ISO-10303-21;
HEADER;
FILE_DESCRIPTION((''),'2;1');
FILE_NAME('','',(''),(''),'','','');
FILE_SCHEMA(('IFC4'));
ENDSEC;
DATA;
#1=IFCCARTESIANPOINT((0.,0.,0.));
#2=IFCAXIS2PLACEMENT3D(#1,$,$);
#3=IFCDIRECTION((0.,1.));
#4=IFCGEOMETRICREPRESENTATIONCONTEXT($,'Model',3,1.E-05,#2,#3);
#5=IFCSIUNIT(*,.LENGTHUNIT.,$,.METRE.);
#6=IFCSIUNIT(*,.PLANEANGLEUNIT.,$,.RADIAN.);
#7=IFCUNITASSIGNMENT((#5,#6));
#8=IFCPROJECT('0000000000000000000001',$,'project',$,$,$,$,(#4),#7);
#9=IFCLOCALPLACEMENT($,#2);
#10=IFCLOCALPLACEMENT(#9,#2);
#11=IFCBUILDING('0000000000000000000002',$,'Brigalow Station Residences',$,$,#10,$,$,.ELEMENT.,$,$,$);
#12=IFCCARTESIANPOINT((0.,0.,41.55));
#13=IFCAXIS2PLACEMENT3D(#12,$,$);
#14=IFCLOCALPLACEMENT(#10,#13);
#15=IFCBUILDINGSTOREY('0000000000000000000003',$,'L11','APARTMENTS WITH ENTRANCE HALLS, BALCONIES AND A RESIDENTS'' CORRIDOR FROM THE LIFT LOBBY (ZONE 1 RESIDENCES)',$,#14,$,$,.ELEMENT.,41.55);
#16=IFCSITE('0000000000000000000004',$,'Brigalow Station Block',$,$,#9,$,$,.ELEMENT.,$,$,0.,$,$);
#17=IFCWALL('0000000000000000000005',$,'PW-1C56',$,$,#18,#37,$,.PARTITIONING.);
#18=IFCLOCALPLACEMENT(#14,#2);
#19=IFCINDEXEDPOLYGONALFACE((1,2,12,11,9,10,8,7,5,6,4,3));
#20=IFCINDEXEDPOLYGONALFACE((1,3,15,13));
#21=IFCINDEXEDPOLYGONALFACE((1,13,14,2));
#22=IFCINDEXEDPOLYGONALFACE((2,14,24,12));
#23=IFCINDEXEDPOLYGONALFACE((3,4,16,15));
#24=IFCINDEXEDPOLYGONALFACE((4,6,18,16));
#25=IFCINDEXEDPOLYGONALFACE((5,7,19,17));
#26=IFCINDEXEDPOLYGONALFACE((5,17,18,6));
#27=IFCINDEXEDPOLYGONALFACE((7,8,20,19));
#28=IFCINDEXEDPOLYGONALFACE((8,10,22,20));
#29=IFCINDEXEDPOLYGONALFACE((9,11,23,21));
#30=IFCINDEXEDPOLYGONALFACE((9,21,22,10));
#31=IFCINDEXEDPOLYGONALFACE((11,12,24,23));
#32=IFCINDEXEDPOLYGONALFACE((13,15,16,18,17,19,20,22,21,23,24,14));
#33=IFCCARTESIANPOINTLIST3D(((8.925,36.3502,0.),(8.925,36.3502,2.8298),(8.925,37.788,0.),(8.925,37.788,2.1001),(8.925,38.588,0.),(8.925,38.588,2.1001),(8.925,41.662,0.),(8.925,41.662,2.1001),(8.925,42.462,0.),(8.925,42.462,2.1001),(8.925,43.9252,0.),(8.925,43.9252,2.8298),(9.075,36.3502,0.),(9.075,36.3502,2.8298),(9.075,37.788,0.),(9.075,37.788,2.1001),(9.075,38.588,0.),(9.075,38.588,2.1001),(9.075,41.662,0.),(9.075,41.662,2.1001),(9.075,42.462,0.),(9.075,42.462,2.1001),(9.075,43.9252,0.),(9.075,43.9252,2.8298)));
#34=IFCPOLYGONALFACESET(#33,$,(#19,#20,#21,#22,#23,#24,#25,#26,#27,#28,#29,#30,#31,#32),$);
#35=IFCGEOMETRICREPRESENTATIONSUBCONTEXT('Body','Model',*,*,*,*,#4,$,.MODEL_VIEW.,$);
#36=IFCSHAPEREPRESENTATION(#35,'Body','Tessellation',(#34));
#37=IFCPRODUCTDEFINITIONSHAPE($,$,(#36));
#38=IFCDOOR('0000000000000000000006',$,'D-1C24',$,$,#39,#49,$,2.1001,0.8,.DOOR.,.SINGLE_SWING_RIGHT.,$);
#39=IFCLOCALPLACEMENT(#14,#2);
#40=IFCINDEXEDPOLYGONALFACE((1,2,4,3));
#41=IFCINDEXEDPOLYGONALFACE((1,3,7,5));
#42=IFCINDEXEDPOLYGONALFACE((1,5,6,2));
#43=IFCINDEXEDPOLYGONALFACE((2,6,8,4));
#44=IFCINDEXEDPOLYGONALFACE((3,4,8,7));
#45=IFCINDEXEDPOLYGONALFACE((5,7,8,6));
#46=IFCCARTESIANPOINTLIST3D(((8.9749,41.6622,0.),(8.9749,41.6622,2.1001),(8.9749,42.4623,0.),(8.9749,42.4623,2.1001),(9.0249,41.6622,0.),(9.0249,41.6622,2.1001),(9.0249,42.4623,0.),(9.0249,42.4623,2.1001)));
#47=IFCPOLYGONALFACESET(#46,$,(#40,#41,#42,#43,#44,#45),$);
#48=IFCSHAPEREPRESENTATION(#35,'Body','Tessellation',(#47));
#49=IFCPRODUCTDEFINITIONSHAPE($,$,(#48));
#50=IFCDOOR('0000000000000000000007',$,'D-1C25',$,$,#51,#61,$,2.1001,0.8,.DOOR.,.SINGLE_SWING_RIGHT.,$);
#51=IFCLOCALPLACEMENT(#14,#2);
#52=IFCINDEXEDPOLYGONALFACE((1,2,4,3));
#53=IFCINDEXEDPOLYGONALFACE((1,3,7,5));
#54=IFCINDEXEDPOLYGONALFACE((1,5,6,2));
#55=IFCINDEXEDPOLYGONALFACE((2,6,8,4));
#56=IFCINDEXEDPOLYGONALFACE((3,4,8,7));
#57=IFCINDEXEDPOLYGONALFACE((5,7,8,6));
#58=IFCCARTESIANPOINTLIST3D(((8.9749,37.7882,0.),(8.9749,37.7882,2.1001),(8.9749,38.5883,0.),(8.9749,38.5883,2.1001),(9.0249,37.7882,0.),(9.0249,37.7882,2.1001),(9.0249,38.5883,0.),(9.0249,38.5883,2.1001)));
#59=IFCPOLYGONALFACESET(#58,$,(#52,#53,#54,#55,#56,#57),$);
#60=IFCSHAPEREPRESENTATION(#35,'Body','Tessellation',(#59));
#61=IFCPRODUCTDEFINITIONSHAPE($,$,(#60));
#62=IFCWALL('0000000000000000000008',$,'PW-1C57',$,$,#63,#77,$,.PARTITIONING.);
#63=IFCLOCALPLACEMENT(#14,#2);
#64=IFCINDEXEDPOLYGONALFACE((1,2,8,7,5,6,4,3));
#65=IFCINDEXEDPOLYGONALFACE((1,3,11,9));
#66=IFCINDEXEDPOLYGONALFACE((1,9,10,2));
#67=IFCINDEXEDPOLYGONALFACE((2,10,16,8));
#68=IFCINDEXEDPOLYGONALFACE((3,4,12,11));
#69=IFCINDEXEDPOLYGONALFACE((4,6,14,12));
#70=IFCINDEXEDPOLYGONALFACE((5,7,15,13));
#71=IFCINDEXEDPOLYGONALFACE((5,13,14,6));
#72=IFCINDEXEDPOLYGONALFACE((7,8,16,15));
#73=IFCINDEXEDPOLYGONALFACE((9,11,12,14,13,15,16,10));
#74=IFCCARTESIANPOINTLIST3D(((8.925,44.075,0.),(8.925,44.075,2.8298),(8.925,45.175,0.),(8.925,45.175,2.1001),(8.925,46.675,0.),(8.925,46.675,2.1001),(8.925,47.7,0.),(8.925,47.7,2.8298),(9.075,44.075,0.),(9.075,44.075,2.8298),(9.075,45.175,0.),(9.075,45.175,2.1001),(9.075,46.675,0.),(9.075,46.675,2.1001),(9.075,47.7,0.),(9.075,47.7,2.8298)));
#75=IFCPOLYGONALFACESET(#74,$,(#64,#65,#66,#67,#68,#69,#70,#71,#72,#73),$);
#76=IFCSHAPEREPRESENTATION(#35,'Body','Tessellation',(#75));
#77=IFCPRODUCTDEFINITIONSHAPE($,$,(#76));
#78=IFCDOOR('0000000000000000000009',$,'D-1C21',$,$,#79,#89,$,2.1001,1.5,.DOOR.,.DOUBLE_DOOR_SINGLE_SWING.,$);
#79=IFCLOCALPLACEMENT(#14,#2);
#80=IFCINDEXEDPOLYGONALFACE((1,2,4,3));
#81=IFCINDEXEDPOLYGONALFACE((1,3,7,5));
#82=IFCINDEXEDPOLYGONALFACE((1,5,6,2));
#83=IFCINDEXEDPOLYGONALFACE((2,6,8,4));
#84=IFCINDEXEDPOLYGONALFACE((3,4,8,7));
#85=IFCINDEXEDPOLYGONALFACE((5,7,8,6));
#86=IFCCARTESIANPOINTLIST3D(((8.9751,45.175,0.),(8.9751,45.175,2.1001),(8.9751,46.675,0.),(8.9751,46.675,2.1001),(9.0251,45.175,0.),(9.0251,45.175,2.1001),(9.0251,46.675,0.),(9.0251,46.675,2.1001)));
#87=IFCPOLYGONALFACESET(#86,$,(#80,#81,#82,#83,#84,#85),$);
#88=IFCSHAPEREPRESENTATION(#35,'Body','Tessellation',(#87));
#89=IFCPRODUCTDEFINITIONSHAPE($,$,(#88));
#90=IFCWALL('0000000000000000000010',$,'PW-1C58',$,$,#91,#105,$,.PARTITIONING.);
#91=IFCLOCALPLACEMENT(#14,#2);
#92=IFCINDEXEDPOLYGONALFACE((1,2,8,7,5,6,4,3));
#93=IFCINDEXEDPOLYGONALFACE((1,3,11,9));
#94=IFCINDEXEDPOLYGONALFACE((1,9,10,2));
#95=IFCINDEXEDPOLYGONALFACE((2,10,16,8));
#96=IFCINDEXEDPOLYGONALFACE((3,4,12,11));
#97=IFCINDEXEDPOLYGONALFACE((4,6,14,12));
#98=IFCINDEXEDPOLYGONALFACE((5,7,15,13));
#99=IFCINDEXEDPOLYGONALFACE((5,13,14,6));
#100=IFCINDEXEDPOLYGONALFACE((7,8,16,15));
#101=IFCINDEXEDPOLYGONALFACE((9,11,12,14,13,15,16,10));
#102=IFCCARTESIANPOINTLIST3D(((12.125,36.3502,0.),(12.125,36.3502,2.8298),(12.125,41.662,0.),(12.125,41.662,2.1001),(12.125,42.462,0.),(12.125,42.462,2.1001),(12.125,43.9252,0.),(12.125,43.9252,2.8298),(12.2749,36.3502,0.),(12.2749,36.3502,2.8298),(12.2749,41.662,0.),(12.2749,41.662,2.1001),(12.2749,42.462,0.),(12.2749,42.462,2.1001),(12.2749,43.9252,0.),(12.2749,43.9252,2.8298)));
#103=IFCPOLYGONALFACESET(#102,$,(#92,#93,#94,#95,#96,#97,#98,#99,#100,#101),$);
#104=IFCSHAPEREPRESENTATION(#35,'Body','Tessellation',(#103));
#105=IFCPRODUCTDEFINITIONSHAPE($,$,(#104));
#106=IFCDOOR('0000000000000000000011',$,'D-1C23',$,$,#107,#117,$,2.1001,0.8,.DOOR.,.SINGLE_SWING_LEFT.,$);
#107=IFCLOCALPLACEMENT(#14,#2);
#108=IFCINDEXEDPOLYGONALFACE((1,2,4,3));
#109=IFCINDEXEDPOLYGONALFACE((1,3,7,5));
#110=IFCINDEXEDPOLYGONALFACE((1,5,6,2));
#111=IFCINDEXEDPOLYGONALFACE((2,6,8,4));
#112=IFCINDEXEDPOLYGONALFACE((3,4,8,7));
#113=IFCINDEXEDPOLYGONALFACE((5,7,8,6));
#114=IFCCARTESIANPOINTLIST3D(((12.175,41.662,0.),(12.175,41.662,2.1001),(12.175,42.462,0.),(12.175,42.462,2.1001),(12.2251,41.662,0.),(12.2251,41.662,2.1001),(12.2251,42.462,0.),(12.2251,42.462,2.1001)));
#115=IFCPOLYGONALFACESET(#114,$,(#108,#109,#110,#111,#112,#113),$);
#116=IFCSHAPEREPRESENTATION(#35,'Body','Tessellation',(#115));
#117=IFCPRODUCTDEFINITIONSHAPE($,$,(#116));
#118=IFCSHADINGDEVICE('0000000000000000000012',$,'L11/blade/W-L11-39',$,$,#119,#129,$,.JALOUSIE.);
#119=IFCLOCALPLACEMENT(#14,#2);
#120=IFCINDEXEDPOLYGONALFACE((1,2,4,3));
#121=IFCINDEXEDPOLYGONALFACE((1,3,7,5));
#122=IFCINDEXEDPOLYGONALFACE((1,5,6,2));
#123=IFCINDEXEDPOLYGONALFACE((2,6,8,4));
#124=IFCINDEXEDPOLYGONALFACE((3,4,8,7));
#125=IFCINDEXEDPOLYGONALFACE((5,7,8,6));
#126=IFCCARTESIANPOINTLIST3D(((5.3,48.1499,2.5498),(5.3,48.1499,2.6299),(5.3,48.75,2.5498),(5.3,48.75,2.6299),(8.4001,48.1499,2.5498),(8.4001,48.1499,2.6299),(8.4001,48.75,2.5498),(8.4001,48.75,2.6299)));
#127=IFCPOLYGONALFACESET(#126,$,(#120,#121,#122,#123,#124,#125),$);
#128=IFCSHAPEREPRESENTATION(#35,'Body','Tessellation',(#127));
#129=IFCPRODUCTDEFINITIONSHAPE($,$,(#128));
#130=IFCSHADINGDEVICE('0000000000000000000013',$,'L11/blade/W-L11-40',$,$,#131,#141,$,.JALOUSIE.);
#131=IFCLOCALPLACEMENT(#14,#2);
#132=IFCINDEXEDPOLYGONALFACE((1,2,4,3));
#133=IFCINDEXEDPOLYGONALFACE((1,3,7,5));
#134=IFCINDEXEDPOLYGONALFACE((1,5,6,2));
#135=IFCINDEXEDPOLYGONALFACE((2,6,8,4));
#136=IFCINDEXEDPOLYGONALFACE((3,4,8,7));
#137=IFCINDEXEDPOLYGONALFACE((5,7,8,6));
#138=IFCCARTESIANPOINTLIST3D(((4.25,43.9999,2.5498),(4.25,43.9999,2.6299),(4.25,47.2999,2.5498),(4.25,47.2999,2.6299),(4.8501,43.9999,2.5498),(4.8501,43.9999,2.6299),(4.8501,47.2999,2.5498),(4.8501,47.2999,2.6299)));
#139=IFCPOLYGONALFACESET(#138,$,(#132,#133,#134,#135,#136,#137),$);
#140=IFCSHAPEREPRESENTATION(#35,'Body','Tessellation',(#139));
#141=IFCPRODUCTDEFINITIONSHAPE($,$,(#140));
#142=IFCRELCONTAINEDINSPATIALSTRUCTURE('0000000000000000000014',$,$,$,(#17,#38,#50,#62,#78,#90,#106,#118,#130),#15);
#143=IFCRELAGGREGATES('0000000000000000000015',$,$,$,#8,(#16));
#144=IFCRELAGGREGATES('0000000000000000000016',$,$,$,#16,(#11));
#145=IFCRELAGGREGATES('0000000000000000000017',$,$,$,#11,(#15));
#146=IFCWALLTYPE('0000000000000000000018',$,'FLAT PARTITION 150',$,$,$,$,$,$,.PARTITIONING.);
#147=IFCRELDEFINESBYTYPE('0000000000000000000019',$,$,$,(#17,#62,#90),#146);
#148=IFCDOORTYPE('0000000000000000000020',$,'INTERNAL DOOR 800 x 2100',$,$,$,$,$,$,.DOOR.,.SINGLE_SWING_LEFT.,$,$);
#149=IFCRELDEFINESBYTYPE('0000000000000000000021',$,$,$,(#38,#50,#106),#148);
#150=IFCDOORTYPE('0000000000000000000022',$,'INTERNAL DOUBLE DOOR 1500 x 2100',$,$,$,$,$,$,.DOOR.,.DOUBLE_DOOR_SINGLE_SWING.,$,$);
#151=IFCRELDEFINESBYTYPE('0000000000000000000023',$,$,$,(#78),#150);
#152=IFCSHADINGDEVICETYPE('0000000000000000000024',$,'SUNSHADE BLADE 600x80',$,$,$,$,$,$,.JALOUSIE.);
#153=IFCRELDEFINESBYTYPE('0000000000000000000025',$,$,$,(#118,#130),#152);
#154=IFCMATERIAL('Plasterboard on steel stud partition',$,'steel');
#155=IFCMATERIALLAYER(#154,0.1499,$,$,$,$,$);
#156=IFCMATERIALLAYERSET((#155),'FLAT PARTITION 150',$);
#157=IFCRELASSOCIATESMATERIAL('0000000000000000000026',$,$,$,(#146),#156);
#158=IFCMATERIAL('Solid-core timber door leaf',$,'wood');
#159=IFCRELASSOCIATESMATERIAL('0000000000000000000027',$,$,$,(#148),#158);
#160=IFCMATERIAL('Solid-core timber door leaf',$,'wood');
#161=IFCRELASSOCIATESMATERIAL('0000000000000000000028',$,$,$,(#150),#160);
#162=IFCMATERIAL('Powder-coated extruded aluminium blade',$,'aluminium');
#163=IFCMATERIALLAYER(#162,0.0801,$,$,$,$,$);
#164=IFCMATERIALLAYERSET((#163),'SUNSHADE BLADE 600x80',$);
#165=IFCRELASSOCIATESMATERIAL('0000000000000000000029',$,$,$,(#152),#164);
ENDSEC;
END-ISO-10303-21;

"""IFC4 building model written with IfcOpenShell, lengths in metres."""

from ifc_helpers import new_model, si_unit, direction, frame, frame_2d, origin, origin_2d, place, context, subcontext, project, spatial, rectangle, extrude, material, layer, layer_set, type_object, element, fill, save


model = new_model("IFC4")

# Units and contexts
model_context = context("Model", 3, precision=1e-05, world=origin(), true_north=direction((0.0, 1.0)))
body_context = subcontext(model_context, "Body", "Model", "MODEL_VIEW")
ifc_project = project(units=[si_unit("LENGTHUNIT", "METRE"), si_unit("PLANEANGLEUNIT", "RADIAN")], contexts=[model_context])

# Site, building, storey
site_placement = place(None, origin())
site = spatial("IfcSite", under=ifc_project, at=site_placement, Name="Brigalow Station Block", CompositionType="ELEMENT", RefElevation=0.0)
building_placement = place(site_placement, origin())
building = spatial("IfcBuilding", under=site, at=building_placement, Name="Brigalow Station Residences", CompositionType="ELEMENT")
storey_placement = place(building_placement, frame((0.0, 0.0, 41.55)))
storey = spatial("IfcBuildingStorey", under=building, at=storey_placement, Name="L11", Description="APARTMENTS WITH ENTRANCE HALLS, BALCONIES AND A RESIDENTS' CORRIDOR FROM THE LIFT LOBBY (ZONE 1 RESIDENCES)", CompositionType="ELEMENT", Elevation=41.55)

# Shared definitions
ifc_material_1 = material(Name="Plasterboard on steel stud partition", Category="steel")
ifc_layer_1 = layer(ifc_material_1, 0.1499)
ifc_layer_set_1 = layer_set([ifc_layer_1], Name="FLAT PARTITION 150")
wall_type_1 = type_object("IfcWallType", Name="FLAT PARTITION 150", PredefinedType="PARTITIONING", material=ifc_layer_set_1)

# Shared definitions
ifc_material_2 = material(Name="Solid-core timber door leaf", Category="wood")
door_type_1 = type_object("IfcDoorType", Name="INTERNAL DOOR 800 x 2100", OperationType="SINGLE_SWING_LEFT", PredefinedType="DOOR", material=ifc_material_2)

# Wall, openings, doors
wall_1_placement = place(storey_placement, frame((9.0, 36.3501, 0.0), z_axis=(0.0, 0.0, 1.0), x_axis=(0.0, 1.0, 0.0)))
wall_1 = element("IfcWall", 1, at=wall_1_placement, inside=storey, type_object=wall_type_1, Name="PW-1C56", PredefinedType="PARTITIONING", context=body_context, shape_type="SweptSolid", body=[
    extrude(rectangle(XDim=7.575, YDim=0.1499, at=frame_2d((3.7876, 0.0))), origin(), (0.0, 0.0, 1.0), 2.8298),
])
opening_1_placement = place(wall_1_placement, frame((5.312, 0.0, 0.0)))
opening_1 = element("IfcOpeningElement", 2, at=opening_1_placement, cuts=wall_1, PredefinedType="OPENING", context=body_context, shape_type="SweptSolid", body=[
    extrude(rectangle(XDim=0.8, YDim=2.1001, at=frame_2d((0.3999, 1.05))), frame((0.0, 0.085, 0.0), z_axis=(0.0, -1.0, 0.0), x_axis=(1.0, 0.0, 0.0)), (0.0, 0.0, 1.0), 0.1699),
])
opening_2_placement = place(wall_1_placement, frame((1.438, 0.0, 0.0)))
opening_2 = element("IfcOpeningElement", 3, at=opening_2_placement, cuts=wall_1, PredefinedType="OPENING", context=body_context, shape_type="SweptSolid", body=[
    extrude(rectangle(XDim=0.8, YDim=2.1001, at=frame_2d((0.3999, 1.05))), frame((0.0, 0.085, 0.0), z_axis=(0.0, -1.0, 0.0), x_axis=(1.0, 0.0, 0.0)), (0.0, 0.0, 1.0), 0.1699),
])
door_1_placement = place(opening_1_placement, frame((0.8, 0.0, 0.0), z_axis=(0.0, 0.0, 1.0), x_axis=(-1.0, 0.0, 0.0)))
door_1 = element("IfcDoor", 4, at=door_1_placement, inside=storey, type_object=door_type_1, Name="D-1C24", OperationType="SINGLE_SWING_RIGHT", OverallHeight=2.1001, OverallWidth=0.8, PredefinedType="DOOR", context=body_context, shape_type="SweptSolid", body=[
    extrude(rectangle(XDim=0.8, YDim=2.1001, at=frame_2d((0.3999, 1.05))), frame((0.0, 0.0249, 0.0), z_axis=(0.0, -1.0, 0.0), x_axis=(1.0, 0.0, 0.0)), (0.0, 0.0, 1.0), 0.05),
])
fill(opening_1, door_1)
door_2_placement = place(opening_2_placement, frame((0.8, 0.0, 0.0), z_axis=(0.0, 0.0, 1.0), x_axis=(-1.0, 0.0, 0.0)))
door_2 = element("IfcDoor", 5, at=door_2_placement, inside=storey, type_object=door_type_1, Name="D-1C25", OperationType="SINGLE_SWING_RIGHT", OverallHeight=2.1001, OverallWidth=0.8, PredefinedType="DOOR", context=body_context, shape_type="SweptSolid", body=[
    extrude(rectangle(XDim=0.8, YDim=2.1001, at=frame_2d((0.3999, 1.05))), frame((0.0, 0.0249, 0.0), z_axis=(0.0, -1.0, 0.0), x_axis=(1.0, 0.0, 0.0)), (0.0, 0.0, 1.0), 0.05),
])
fill(opening_2, door_2)

# Walls, openings, doors
wall_2_placement = place(storey_placement, frame((9.0, 44.075, 0.0), z_axis=(0.0, 0.0, 1.0), x_axis=(0.0, 1.0, 0.0)))
wall_2 = element("IfcWall", 6, at=wall_2_placement, inside=storey, type_object=wall_type_1, Name="PW-1C57", PredefinedType="PARTITIONING", context=body_context, shape_type="SweptSolid", body=[
    extrude(rectangle(XDim=3.625, YDim=0.1499, at=frame_2d((1.8125, 0.0))), origin(), (0.0, 0.0, 1.0), 2.8298),
])
opening_3_placement = place(wall_2_placement, frame((1.1001, 0.0, 0.0)))
opening_3 = element("IfcOpeningElement", 7, at=opening_3_placement, cuts=wall_2, PredefinedType="OPENING", context=body_context, shape_type="SweptSolid", body=[
    extrude(rectangle(XDim=1.5, YDim=2.1001, at=frame_2d((0.75, 1.05))), frame((0.0, 0.085, 0.0), z_axis=(0.0, -1.0, 0.0), x_axis=(1.0, 0.0, 0.0)), (0.0, 0.0, 1.0), 0.1699),
])
ifc_material_3 = material(Name="Solid-core timber door leaf", Category="wood")
door_type_2 = type_object("IfcDoorType", Name="INTERNAL DOUBLE DOOR 1500 x 2100", OperationType="DOUBLE_DOOR_SINGLE_SWING", PredefinedType="DOOR", material=ifc_material_3)
door_3_placement = place(opening_3_placement, origin())
door_3 = element("IfcDoor", 8, at=door_3_placement, inside=storey, type_object=door_type_2, Name="D-1C21", OperationType="DOUBLE_DOOR_SINGLE_SWING", OverallHeight=2.1001, OverallWidth=1.5, PredefinedType="DOOR", context=body_context, shape_type="SweptSolid", body=[
    extrude(rectangle(XDim=1.5, YDim=2.1001, at=frame_2d((0.75, 1.05))), frame((0.0, 0.0249, 0.0), z_axis=(0.0, -1.0, 0.0), x_axis=(1.0, 0.0, 0.0)), (0.0, 0.0, 1.0), 0.05),
])
fill(opening_3, door_3)
wall_3_placement = place(storey_placement, frame((12.2, 36.3501, 0.0), z_axis=(0.0, 0.0, 1.0), x_axis=(0.0, 1.0, 0.0)))
wall_3 = element("IfcWall", 9, at=wall_3_placement, inside=storey, type_object=wall_type_1, Name="PW-1C58", PredefinedType="PARTITIONING", context=body_context, shape_type="SweptSolid", body=[
    extrude(rectangle(XDim=7.575, YDim=0.1499, at=frame_2d((3.7876, 0.0))), origin(), (0.0, 0.0, 1.0), 2.8298),
])
opening_4_placement = place(wall_3_placement, frame((5.312, 0.0, 0.0)))
opening_4 = element("IfcOpeningElement", 10, at=opening_4_placement, cuts=wall_3, PredefinedType="OPENING", context=body_context, shape_type="SweptSolid", body=[
    extrude(rectangle(XDim=0.8, YDim=2.1001, at=frame_2d((0.3999, 1.05))), frame((0.0, 0.085, 0.0), z_axis=(0.0, -1.0, 0.0), x_axis=(1.0, 0.0, 0.0)), (0.0, 0.0, 1.0), 0.1699),
])
door_4_placement = place(opening_4_placement, origin())
door_4 = element("IfcDoor", 11, at=door_4_placement, inside=storey, type_object=door_type_1, Name="D-1C23", OperationType="SINGLE_SWING_LEFT", OverallHeight=2.1001, OverallWidth=0.8, PredefinedType="DOOR", context=body_context, shape_type="SweptSolid", body=[
    extrude(rectangle(XDim=0.8, YDim=2.1001, at=frame_2d((0.3999, 1.05))), frame((0.0, 0.0249, 0.0), z_axis=(0.0, -1.0, 0.0), x_axis=(1.0, 0.0, 0.0)), (0.0, 0.0, 1.0), 0.05),
])
fill(opening_4, door_4)

# Shading devices
ifc_material_4 = material(Name="Powder-coated extruded aluminium blade", Category="aluminium")
ifc_layer_2 = layer(ifc_material_4, 0.0801)
ifc_layer_set_2 = layer_set([ifc_layer_2], Name="SUNSHADE BLADE 600x80")
shading_device_type = type_object("IfcShadingDeviceType", Name="SUNSHADE BLADE 600x80", PredefinedType="JALOUSIE", material=ifc_layer_set_2)
shading_device_1_placement = place(storey_placement, frame((6.8501, 48.45, 2.5498), z_axis=(0.0, 0.0, 1.0), x_axis=(-1.0, 0.0, 0.0)))
element("IfcShadingDevice", 12, at=shading_device_1_placement, inside=storey, type_object=shading_device_type, Name="L11/blade/W-L11-39", PredefinedType="JALOUSIE", context=body_context, shape_type="SweptSolid", body=[
    extrude(rectangle(XDim=3.1001, YDim=0.6001, at=origin_2d()), origin(), (0.0, 0.0, 1.0), 0.0801),
])
shading_device_2_placement = place(storey_placement, frame((4.55, 45.6499, 2.5498), z_axis=(0.0, 0.0, 1.0), x_axis=(0.0, -1.0, 0.0)))
element("IfcShadingDevice", 13, at=shading_device_2_placement, inside=storey, type_object=shading_device_type, Name="L11/blade/W-L11-40", PredefinedType="JALOUSIE", context=body_context, shape_type="SweptSolid", body=[
    extrude(rectangle(XDim=3.3, YDim=0.6001, at=origin_2d()), origin(), (0.0, 0.0, 1.0), 0.0801),
])

save(model, "model.ifc")
